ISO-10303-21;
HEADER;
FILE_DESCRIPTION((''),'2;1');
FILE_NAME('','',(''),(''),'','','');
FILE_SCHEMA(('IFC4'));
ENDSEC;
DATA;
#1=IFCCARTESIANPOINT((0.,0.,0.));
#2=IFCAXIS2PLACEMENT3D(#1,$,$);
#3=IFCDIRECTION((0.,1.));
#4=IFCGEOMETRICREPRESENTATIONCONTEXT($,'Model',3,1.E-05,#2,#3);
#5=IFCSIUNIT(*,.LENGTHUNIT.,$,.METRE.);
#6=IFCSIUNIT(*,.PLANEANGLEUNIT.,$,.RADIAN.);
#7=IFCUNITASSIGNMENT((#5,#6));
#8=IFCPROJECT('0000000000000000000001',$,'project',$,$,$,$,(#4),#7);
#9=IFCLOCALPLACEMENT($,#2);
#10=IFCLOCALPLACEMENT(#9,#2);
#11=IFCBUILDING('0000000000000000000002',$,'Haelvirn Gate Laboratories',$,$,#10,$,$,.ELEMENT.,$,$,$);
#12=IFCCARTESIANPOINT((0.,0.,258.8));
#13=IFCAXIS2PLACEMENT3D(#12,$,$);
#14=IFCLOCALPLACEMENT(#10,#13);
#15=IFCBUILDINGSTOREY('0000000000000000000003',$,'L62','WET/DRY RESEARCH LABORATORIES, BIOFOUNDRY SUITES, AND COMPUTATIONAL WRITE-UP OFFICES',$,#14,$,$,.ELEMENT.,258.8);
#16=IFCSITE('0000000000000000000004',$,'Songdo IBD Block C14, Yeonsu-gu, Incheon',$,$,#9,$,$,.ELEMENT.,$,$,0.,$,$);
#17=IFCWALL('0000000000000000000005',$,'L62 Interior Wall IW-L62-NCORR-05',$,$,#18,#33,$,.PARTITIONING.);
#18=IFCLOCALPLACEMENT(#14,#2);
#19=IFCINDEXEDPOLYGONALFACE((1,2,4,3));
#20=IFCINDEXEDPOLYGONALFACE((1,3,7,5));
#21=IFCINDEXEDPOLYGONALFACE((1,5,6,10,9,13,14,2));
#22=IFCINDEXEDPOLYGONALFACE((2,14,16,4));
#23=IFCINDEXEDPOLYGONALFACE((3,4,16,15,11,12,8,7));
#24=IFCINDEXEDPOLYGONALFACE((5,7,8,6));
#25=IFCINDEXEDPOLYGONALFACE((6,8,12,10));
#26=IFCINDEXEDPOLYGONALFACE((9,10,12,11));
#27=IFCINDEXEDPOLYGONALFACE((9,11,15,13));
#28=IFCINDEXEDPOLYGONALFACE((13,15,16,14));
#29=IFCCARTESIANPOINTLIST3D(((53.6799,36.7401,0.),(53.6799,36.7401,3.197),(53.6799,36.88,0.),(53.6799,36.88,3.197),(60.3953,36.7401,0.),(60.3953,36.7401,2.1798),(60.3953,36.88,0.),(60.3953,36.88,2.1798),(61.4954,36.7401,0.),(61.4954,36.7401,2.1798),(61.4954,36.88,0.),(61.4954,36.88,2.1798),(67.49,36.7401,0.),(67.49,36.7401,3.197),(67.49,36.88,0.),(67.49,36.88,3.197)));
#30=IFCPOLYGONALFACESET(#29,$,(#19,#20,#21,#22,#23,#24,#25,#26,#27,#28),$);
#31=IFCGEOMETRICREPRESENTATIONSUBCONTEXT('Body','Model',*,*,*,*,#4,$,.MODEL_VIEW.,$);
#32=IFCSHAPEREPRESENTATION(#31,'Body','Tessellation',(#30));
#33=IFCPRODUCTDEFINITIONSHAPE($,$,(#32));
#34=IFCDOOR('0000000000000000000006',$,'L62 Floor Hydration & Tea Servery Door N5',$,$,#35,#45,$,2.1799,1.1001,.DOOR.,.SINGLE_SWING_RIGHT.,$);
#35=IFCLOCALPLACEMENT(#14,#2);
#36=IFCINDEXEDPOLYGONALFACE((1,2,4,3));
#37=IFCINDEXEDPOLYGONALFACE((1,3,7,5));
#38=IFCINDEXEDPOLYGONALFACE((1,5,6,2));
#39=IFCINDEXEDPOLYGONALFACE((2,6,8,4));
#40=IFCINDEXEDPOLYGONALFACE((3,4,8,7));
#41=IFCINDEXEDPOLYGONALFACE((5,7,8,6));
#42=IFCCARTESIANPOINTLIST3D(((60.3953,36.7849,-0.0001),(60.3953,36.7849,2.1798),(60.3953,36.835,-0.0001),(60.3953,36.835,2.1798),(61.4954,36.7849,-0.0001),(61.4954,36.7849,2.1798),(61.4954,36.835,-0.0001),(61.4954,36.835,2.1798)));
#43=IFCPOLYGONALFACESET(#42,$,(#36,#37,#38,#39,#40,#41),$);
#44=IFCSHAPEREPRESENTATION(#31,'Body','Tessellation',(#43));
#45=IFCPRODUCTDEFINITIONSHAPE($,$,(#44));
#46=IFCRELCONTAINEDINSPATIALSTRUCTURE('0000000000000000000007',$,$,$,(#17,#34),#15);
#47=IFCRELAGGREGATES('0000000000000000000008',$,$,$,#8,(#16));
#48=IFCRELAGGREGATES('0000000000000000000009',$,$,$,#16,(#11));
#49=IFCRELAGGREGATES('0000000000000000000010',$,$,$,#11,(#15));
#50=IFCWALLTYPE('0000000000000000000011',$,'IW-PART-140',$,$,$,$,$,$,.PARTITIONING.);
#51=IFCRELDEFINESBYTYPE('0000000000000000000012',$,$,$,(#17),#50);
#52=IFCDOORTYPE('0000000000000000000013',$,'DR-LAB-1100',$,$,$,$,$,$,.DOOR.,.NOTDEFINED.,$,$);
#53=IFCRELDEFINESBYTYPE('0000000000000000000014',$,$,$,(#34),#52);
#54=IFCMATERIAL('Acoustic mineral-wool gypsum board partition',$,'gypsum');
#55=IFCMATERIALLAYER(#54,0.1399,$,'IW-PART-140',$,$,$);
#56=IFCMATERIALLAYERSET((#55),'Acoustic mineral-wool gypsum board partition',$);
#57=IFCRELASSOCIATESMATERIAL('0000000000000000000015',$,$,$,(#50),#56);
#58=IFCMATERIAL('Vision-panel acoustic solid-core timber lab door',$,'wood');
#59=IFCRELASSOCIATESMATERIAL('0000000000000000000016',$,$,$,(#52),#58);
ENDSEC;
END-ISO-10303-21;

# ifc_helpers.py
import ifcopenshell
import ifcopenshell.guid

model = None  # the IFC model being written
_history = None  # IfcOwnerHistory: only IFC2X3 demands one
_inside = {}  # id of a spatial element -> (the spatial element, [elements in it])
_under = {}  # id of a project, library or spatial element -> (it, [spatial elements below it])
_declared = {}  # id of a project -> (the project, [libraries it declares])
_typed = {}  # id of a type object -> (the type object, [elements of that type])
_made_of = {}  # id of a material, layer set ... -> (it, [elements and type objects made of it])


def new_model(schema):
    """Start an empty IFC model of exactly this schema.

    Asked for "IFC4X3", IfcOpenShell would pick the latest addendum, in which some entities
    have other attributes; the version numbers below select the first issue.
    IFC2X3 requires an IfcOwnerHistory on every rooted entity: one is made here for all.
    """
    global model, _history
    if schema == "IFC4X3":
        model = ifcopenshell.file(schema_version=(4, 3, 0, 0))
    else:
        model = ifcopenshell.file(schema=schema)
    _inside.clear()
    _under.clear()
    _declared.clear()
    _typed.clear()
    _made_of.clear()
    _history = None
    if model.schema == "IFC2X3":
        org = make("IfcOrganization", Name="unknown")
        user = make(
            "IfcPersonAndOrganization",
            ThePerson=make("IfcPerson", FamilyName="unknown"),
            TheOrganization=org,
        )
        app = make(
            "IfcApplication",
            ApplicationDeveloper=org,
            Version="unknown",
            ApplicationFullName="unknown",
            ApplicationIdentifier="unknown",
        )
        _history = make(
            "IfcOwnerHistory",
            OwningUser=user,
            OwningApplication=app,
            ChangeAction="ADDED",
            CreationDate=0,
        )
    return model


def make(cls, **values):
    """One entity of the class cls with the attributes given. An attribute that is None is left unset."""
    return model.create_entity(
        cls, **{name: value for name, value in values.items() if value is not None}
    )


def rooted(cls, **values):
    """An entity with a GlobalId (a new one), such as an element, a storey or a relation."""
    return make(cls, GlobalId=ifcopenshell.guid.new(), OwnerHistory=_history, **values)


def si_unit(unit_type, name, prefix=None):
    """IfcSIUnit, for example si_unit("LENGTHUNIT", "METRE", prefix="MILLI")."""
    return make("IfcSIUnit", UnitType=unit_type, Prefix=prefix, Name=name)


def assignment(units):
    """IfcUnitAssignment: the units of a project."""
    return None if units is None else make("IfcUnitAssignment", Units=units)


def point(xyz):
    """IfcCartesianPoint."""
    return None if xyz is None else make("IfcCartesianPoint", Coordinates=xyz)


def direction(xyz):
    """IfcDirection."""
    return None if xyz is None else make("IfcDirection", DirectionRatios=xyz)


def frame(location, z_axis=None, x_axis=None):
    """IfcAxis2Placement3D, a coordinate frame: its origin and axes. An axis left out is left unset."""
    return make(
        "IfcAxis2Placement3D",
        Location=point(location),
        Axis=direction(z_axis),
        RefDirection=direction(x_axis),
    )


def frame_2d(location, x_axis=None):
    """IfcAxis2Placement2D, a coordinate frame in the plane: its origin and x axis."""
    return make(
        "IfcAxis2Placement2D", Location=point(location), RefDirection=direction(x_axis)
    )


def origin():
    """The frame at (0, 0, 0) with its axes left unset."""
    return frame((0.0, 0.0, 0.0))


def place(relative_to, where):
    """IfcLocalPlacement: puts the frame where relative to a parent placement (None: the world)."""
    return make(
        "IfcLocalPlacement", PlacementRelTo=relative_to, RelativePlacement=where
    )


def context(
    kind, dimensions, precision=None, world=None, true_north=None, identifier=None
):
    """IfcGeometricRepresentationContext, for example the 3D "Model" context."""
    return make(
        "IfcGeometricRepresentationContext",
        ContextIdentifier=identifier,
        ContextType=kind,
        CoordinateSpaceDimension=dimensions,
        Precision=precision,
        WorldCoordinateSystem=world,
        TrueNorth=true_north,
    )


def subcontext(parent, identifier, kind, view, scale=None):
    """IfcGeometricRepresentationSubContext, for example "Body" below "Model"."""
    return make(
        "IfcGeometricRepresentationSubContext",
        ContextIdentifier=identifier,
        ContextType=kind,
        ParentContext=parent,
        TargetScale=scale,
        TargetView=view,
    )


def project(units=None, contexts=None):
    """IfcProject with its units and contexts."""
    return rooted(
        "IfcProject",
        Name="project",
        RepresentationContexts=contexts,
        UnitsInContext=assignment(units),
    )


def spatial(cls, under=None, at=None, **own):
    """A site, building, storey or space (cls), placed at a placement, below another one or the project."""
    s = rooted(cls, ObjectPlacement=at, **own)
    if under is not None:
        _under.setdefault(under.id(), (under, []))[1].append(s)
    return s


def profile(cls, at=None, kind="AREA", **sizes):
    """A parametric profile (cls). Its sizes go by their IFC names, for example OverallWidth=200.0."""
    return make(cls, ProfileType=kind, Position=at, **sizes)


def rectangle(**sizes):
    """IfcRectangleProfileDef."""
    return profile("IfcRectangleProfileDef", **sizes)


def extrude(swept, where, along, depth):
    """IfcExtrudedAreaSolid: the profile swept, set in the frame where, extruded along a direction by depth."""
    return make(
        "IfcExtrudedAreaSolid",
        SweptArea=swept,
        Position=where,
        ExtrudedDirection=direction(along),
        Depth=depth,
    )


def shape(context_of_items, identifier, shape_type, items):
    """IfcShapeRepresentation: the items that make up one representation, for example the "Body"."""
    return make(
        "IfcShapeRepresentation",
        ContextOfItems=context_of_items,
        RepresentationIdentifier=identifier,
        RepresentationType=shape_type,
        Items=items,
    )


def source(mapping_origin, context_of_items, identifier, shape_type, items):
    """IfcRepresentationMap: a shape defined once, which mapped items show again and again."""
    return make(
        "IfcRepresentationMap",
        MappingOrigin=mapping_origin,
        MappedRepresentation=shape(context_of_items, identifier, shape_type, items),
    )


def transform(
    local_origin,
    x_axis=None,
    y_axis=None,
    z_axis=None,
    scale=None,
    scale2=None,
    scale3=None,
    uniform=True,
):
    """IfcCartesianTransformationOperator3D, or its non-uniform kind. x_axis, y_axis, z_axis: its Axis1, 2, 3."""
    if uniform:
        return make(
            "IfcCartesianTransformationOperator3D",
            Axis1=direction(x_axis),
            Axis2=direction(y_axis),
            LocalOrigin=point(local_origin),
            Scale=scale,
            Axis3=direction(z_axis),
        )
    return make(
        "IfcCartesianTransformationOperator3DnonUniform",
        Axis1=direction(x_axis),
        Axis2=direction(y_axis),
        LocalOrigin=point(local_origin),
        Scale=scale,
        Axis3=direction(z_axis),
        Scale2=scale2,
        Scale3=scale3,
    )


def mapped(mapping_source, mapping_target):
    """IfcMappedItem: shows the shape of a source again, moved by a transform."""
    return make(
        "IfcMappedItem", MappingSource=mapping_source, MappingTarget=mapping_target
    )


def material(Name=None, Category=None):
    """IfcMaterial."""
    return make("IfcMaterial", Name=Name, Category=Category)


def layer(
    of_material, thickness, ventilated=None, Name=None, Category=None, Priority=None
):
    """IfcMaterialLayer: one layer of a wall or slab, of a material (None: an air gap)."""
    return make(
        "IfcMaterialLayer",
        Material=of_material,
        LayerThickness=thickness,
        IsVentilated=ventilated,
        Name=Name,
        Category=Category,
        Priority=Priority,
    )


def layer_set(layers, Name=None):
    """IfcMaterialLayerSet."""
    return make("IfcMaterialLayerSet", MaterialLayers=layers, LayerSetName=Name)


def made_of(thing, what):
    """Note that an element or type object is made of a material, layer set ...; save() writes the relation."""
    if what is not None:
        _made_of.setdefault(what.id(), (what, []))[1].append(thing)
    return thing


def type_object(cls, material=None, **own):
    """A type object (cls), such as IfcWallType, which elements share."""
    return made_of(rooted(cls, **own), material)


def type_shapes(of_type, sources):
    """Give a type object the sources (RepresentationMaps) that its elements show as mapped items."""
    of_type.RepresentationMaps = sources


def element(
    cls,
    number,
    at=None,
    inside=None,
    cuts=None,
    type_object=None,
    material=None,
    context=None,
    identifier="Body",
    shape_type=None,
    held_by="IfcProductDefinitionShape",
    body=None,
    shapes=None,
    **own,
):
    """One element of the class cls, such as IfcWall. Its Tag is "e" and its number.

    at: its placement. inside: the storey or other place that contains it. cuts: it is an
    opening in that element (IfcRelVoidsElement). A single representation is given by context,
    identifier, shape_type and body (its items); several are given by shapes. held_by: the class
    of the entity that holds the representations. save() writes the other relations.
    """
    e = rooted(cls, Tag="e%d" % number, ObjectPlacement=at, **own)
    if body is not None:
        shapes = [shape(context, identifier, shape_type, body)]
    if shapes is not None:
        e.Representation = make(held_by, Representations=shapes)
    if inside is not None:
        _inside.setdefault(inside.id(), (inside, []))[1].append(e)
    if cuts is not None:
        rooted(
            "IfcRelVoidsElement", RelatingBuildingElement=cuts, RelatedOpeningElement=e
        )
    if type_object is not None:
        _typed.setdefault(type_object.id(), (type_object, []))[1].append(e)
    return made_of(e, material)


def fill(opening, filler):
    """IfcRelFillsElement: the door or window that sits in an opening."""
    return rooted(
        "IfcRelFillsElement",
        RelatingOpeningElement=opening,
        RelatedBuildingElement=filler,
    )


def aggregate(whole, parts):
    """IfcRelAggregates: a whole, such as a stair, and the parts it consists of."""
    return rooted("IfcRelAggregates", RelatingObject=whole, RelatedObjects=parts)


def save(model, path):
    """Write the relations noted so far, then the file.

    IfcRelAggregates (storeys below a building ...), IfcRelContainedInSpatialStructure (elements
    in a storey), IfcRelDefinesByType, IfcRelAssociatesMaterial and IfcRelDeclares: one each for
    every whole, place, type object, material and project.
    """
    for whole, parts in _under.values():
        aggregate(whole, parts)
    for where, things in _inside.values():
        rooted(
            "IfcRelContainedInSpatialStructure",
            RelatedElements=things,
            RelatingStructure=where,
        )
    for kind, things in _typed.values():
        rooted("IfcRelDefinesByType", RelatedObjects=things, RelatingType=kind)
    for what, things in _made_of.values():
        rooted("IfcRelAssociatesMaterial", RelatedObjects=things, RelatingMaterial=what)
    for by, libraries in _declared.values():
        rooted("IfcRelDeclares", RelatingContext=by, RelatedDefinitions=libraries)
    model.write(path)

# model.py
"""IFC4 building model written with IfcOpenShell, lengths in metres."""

from ifc_helpers import new_model, si_unit, direction, frame, frame_2d, origin, place, context, subcontext, project, spatial, rectangle, extrude, source, transform, mapped, material, layer, layer_set, type_object, type_shapes, element, fill, save


model = new_model("IFC4")

# Units and contexts
model_context = context("Model", 3, precision=1e-05, world=origin(), true_north=direction((0.0, 1.0)))
body_context = subcontext(model_context, "Body", "Model", "MODEL_VIEW")
ifc_project = project(units=[si_unit("LENGTHUNIT", "METRE"), si_unit("PLANEANGLEUNIT", "RADIAN")], contexts=[model_context])

# Site, building, storey
site_placement = place(None, origin())
site = spatial("IfcSite", under=ifc_project, at=site_placement, Name="Songdo IBD Block C14, Yeonsu-gu, Incheon", CompositionType="ELEMENT", RefElevation=0.0)
building_placement = place(site_placement, origin())
building = spatial("IfcBuilding", under=site, at=building_placement, Name="Haelvirn Gate Laboratories", CompositionType="ELEMENT")
storey_placement = place(building_placement, frame((0.0, 0.0, 258.8)))
storey = spatial("IfcBuildingStorey", under=building, at=storey_placement, Name="L62", Description="WET/DRY RESEARCH LABORATORIES, BIOFOUNDRY SUITES, AND COMPUTATIONAL WRITE-UP OFFICES", CompositionType="ELEMENT", Elevation=258.8)

# Wall, opening, door
ifc_material_1 = material(Name="Acoustic mineral-wool gypsum board partition", Category="gypsum")
ifc_layer_1 = layer(ifc_material_1, 0.1399, Name="IW-PART-140")
ifc_layer_set_1 = layer_set([ifc_layer_1], Name="Acoustic mineral-wool gypsum board partition")
wall_type_1 = type_object("IfcWallType", Name="IW-PART-140", PredefinedType="PARTITIONING", material=ifc_layer_set_1)
ifc_material_2 = material(Name="Vision-panel acoustic solid-core timber lab door", Category="wood")
door_type = type_object("IfcDoorType", Name="DR-LAB-1100", OperationType="NOTDEFINED", PredefinedType="DOOR", material=ifc_material_2)
shared_shape_1 = source(origin(), body_context, "Body", "SweptSolid", [
    extrude(rectangle(XDim=1.1001, YDim=2.1799, at=frame_2d((0.55, 1.0898))), frame((0.0, 0.0249, 0.0), z_axis=(0.0, -1.0, 0.0), x_axis=(1.0, 0.0, 0.0)), (0.0, 0.0, 1.0), 0.05),
])
type_shapes(door_type, [shared_shape_1])
wall_1_placement = place(storey_placement, frame((53.6799, 36.8101, 0.0), z_axis=(0.0, 0.0, 1.0), x_axis=(1.0, 0.0, 0.0)))
wall_1 = element("IfcWall", 1, at=wall_1_placement, inside=storey, type_object=wall_type_1, Name="L62 Interior Wall IW-L62-NCORR-05", PredefinedType="PARTITIONING", context=body_context, shape_type="SweptSolid", body=[
    extrude(rectangle(XDim=13.8101, YDim=0.1399, at=frame_2d((6.905, 0.0))), origin(), (0.0, 0.0, 1.0), 3.197),
])
opening_1_placement = place(wall_1_placement, frame((6.7153, 0.0, 0.0)))
opening_1 = element("IfcOpeningElement", 2, at=opening_1_placement, cuts=wall_1, PredefinedType="OPENING", context=body_context, shape_type="SweptSolid", body=[
    extrude(rectangle(XDim=1.1001, YDim=2.1799, at=frame_2d((0.55, 1.0898))), frame((0.0, 0.0801, 0.0), z_axis=(0.0, -1.0, 0.0), x_axis=(1.0, 0.0, 0.0)), (0.0, 0.0, 1.0), 0.1599),
])
door_1_placement = place(opening_1_placement, origin())
door_1 = element("IfcDoor", 3, at=door_1_placement, inside=storey, type_object=door_type, Name="L62 Floor Hydration & Tea Servery Door N5", OperationType="SINGLE_SWING_RIGHT", OverallHeight=2.1799, OverallWidth=1.1001, PredefinedType="DOOR", context=body_context, shape_type="MappedRepresentation", body=[
    mapped(shared_shape_1, transform((0.0, 0.0, 0.0), scale=1.0)),
])
fill(opening_1, door_1)

save(model, "model.ifc")
